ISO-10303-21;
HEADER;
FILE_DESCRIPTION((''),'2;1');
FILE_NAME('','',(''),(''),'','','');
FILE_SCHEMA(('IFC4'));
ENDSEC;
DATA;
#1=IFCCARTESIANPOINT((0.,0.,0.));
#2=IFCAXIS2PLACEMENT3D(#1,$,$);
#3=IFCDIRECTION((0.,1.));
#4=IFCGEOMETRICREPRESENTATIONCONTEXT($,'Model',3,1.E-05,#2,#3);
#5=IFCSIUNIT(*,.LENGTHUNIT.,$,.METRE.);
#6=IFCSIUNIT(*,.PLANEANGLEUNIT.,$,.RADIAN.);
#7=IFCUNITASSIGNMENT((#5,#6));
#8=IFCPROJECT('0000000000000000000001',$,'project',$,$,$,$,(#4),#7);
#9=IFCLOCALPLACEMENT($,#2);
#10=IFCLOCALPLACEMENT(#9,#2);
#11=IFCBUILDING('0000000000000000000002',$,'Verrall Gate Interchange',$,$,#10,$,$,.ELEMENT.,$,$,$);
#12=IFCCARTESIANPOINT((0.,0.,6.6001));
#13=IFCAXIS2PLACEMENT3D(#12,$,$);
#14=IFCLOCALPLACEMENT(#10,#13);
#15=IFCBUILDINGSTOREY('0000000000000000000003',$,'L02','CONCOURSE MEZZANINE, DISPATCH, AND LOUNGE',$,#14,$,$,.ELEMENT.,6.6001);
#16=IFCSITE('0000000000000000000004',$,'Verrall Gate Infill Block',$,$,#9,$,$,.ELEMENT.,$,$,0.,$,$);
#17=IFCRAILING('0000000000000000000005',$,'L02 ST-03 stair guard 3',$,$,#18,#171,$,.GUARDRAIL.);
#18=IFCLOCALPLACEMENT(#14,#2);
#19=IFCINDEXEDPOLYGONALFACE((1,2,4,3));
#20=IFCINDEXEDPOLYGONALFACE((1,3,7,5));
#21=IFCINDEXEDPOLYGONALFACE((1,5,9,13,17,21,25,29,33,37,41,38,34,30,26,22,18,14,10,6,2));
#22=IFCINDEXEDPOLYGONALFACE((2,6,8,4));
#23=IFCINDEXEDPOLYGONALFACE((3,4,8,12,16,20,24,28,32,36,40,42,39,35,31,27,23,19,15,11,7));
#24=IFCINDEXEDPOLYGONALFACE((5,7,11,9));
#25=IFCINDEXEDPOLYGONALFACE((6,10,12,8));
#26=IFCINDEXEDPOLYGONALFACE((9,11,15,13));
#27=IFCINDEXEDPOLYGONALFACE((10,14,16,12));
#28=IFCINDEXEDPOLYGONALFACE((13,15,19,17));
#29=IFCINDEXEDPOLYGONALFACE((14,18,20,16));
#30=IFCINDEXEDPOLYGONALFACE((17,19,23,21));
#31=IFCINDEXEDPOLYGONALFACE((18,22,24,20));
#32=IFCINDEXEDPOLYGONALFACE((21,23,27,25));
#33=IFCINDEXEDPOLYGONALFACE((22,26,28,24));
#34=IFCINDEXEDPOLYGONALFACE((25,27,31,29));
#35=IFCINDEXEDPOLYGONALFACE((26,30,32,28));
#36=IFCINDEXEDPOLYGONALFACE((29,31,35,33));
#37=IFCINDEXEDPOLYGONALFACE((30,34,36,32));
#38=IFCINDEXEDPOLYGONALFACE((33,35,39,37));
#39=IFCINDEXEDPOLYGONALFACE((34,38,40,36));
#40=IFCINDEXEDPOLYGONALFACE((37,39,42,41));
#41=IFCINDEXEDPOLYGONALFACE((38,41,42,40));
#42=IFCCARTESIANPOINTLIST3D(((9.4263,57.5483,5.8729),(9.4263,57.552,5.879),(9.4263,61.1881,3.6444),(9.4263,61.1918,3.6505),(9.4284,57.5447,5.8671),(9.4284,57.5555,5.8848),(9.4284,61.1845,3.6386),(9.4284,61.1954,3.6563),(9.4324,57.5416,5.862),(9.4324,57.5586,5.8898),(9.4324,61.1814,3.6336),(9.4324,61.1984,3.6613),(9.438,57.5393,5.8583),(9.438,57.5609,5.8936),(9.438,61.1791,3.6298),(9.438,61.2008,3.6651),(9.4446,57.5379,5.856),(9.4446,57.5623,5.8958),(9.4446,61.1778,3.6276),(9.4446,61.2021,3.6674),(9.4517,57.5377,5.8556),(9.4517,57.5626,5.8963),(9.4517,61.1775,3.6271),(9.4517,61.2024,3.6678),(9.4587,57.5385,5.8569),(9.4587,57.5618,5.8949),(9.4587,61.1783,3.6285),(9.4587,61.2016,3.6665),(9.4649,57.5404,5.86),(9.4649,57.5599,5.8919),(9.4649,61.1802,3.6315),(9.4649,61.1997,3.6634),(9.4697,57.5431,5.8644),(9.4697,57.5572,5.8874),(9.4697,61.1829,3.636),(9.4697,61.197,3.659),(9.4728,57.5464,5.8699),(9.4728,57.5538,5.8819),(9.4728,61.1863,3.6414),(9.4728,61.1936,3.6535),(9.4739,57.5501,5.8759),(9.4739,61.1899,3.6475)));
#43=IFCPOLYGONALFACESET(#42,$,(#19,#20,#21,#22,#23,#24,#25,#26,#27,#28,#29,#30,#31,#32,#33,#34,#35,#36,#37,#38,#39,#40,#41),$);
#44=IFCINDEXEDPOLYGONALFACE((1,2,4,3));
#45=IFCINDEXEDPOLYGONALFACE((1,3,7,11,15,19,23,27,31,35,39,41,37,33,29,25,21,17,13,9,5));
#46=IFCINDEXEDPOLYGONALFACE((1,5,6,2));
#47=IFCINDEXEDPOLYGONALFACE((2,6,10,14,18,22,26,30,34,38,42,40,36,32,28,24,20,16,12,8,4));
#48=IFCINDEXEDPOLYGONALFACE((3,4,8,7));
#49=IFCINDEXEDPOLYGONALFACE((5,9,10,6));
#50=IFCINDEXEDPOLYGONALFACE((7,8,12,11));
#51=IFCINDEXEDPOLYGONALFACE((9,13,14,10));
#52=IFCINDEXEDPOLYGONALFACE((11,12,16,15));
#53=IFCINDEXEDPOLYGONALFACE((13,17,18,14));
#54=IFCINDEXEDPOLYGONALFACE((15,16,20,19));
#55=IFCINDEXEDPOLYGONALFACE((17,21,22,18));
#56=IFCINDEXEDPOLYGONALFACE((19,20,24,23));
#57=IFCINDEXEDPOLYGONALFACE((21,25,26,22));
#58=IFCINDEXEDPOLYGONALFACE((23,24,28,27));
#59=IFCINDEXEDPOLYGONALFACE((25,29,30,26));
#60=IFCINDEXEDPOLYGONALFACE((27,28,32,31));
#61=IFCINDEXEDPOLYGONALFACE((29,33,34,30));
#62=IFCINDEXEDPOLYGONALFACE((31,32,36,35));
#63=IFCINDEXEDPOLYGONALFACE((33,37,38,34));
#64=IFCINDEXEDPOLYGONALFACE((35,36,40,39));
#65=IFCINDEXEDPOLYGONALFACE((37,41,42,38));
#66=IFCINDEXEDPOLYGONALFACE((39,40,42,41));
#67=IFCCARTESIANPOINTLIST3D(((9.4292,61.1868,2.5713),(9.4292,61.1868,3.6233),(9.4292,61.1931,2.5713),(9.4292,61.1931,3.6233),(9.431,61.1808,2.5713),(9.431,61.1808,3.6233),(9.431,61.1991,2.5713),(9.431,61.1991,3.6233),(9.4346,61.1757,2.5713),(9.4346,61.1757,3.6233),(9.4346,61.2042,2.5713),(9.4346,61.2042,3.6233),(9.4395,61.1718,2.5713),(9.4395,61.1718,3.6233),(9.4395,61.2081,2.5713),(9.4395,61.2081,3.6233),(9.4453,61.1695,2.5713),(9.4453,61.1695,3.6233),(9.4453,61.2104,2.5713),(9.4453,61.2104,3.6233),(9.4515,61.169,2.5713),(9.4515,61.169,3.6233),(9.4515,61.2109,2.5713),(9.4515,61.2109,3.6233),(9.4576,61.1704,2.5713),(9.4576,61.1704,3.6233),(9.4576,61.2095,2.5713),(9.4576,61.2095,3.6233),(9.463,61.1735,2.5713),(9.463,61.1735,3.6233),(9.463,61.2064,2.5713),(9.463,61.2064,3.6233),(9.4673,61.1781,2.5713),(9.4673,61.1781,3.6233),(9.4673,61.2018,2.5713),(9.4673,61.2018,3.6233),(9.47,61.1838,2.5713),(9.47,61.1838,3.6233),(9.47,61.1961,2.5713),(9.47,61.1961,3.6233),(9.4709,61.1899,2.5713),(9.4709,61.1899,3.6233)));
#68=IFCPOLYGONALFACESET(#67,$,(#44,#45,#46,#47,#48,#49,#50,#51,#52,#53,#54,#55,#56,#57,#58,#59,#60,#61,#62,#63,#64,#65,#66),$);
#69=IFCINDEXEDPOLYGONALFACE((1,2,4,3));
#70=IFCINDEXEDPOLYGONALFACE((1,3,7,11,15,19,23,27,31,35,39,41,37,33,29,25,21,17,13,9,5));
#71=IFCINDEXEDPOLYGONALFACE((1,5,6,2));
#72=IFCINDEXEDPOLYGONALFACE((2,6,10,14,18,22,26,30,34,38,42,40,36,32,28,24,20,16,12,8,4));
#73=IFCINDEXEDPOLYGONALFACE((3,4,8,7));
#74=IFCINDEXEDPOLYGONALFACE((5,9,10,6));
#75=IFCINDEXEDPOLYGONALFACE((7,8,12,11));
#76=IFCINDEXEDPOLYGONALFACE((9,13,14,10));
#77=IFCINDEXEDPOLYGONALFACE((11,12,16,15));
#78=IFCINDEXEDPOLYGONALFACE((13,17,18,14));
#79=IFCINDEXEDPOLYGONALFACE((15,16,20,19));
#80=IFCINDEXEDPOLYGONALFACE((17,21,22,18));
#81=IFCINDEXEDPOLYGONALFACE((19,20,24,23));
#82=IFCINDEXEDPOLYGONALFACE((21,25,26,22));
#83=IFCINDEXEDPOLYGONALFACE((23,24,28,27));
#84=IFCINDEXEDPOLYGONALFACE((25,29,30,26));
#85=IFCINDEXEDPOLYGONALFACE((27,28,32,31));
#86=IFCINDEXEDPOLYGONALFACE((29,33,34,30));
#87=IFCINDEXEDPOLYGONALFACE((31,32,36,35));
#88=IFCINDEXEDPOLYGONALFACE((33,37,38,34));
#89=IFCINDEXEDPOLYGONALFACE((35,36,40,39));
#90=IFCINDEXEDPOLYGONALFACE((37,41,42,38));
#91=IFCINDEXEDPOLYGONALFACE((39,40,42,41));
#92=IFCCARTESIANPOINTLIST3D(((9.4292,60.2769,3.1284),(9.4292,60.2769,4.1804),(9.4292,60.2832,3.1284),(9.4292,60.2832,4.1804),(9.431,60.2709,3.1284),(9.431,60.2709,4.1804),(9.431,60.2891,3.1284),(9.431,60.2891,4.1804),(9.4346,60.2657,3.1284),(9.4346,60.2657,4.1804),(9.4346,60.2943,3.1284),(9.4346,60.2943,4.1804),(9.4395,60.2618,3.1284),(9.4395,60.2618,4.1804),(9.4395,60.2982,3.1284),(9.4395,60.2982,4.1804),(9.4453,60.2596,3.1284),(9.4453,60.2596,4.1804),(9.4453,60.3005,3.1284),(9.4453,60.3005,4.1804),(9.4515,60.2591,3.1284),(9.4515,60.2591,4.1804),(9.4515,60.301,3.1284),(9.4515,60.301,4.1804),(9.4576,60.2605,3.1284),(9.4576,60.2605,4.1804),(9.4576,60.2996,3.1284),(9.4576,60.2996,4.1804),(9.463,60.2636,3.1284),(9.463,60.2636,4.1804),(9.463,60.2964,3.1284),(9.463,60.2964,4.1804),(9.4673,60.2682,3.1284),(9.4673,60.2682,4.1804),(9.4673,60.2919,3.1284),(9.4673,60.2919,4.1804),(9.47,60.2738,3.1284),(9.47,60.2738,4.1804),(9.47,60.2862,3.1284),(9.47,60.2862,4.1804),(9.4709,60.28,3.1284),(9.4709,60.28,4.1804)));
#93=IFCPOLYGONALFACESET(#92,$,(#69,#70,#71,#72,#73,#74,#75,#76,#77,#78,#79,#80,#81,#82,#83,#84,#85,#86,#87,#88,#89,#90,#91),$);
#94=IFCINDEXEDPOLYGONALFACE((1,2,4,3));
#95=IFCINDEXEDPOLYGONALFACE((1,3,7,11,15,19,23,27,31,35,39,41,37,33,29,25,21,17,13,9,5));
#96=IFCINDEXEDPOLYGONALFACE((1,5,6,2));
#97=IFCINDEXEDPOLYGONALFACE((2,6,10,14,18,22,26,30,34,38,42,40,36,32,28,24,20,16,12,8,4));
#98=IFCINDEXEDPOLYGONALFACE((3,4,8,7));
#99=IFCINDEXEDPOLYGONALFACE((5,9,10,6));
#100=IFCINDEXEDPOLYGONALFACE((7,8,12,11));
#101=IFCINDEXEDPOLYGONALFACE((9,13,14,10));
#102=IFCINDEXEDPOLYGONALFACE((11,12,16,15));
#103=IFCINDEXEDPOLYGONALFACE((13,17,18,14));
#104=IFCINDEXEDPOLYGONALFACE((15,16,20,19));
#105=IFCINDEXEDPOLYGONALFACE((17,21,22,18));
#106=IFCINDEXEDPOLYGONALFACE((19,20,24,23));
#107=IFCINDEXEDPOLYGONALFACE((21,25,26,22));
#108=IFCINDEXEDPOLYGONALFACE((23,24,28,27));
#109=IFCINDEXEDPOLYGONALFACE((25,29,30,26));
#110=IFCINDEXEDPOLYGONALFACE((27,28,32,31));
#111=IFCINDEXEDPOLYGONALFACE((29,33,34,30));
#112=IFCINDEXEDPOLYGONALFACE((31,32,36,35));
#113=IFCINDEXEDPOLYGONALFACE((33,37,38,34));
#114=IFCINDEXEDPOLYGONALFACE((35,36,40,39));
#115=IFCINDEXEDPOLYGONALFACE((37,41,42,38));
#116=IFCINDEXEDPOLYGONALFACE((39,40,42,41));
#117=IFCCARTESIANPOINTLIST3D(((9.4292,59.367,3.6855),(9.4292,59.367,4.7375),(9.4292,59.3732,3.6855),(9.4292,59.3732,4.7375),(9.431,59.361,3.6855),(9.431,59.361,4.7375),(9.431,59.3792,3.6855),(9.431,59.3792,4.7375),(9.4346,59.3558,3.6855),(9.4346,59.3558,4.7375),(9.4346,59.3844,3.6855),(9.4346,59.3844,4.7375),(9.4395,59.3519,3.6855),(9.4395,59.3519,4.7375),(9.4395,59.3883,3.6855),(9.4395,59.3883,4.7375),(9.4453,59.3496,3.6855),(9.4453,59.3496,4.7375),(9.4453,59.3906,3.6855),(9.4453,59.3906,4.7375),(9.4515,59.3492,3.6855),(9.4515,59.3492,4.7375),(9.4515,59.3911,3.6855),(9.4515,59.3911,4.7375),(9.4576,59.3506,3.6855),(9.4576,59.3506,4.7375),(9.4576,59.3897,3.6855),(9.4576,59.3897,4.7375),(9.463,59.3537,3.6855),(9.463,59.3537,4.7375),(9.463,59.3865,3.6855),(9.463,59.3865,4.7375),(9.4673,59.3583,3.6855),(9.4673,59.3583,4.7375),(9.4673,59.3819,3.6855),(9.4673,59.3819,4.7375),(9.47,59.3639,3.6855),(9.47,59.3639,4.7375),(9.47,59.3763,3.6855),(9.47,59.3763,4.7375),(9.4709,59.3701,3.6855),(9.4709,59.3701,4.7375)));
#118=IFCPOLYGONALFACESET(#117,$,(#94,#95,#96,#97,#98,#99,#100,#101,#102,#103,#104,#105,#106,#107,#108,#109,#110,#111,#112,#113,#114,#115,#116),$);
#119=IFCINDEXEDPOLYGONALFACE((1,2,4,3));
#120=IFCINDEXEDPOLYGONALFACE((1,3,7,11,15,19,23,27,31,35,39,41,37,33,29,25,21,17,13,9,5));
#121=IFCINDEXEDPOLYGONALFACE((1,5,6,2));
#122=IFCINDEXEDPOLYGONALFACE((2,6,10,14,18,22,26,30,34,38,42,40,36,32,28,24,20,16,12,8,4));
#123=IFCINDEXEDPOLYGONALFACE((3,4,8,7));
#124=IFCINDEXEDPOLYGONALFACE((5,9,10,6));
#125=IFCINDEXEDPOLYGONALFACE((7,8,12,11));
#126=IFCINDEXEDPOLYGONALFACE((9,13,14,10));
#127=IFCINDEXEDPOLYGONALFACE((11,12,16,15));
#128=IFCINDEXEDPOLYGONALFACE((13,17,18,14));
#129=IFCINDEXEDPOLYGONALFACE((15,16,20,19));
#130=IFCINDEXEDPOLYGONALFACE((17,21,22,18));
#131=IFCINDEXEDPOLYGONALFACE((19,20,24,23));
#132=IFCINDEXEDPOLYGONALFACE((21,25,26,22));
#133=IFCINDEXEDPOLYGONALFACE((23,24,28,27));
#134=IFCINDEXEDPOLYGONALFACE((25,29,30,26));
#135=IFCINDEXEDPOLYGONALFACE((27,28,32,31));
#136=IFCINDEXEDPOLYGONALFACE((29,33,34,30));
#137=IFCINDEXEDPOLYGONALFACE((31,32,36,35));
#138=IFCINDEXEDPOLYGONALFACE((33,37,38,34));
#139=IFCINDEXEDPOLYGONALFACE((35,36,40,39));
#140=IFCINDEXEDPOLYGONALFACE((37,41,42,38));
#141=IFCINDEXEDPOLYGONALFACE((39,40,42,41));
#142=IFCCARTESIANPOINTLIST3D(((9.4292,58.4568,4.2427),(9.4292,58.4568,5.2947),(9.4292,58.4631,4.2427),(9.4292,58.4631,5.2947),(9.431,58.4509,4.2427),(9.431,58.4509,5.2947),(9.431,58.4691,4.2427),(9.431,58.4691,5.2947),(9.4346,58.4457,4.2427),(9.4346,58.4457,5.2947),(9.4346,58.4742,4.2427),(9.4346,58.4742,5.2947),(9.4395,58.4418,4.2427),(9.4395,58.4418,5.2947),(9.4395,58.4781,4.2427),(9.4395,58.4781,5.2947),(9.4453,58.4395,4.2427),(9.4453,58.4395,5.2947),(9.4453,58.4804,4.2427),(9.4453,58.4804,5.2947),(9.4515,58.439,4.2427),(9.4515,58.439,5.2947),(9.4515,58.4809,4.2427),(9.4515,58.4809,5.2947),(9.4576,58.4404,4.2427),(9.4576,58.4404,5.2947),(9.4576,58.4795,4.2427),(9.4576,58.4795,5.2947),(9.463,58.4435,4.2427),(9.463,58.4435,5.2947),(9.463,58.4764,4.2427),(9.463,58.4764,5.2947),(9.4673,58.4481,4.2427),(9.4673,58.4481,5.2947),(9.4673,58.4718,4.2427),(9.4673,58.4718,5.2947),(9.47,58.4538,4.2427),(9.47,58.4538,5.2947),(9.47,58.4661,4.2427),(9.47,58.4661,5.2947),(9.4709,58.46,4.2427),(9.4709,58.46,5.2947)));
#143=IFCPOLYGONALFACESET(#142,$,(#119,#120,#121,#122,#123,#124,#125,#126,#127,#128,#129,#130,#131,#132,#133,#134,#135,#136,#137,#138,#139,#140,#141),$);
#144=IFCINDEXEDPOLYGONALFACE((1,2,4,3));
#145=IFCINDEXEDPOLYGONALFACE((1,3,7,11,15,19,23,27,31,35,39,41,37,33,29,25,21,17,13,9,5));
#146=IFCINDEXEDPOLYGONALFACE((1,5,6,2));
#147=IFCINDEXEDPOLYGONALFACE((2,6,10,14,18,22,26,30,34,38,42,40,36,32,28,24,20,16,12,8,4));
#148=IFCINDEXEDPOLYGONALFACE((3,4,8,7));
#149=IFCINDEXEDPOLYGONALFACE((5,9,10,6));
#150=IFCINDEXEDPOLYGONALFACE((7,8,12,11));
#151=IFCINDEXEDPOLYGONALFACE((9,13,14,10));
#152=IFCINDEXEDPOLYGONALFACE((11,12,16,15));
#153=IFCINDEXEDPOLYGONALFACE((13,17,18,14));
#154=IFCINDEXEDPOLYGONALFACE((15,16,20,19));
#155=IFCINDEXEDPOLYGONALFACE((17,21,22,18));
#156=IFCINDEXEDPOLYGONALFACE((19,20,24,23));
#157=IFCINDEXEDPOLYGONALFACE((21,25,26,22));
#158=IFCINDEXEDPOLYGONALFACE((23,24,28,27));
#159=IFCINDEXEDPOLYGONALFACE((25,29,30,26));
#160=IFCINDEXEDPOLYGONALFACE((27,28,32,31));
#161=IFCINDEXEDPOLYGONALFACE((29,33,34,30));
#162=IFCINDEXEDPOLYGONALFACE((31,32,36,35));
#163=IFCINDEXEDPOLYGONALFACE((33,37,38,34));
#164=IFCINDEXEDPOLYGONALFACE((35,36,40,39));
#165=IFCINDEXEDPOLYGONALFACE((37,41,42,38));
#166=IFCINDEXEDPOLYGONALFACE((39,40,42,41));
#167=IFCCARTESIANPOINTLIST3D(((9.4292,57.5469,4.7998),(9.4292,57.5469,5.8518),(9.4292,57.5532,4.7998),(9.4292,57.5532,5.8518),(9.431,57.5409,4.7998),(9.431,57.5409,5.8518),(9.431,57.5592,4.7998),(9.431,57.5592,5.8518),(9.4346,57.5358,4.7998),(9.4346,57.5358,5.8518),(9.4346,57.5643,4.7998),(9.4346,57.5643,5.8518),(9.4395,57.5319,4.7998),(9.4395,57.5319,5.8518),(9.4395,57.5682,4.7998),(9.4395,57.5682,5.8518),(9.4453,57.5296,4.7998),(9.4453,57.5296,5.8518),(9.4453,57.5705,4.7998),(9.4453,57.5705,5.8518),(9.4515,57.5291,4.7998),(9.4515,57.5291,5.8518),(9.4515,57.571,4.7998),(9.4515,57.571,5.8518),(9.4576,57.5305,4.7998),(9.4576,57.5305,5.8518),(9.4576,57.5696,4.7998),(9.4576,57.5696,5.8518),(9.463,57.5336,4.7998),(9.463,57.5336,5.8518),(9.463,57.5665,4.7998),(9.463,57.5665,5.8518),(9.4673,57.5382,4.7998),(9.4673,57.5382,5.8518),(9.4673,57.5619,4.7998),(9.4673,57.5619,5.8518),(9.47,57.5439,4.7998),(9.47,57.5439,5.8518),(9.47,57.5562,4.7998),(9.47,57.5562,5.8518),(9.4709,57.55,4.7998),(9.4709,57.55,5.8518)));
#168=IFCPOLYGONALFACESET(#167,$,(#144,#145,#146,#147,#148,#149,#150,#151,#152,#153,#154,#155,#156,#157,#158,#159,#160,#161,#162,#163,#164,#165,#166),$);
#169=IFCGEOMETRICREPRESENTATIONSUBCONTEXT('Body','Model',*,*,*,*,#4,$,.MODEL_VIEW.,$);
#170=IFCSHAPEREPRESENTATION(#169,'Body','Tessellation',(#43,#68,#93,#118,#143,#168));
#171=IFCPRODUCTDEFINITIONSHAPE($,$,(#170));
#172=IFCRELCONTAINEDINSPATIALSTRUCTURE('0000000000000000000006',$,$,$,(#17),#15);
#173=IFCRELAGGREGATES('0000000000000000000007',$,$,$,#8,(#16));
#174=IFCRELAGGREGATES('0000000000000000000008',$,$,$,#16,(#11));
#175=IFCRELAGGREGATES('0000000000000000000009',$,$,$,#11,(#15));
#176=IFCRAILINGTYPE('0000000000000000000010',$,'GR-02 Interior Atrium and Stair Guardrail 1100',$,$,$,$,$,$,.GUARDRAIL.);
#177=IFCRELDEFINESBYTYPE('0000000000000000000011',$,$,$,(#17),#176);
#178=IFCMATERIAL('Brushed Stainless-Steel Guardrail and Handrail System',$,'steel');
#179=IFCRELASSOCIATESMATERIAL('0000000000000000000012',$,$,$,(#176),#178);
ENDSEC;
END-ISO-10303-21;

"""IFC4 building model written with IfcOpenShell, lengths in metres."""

from ifc_helpers import new_model, si_unit, direction, frame, origin, origin_2d, place, context, subcontext, project, spatial, circle, extrude, material, type_object, element, save


model = new_model("IFC4")

# Units and contexts
model_context = context("Model", 3, precision=1e-05, world=origin(), true_north=direction((0.0, 1.0)))
body_context = subcontext(model_context, "Body", "Model", "MODEL_VIEW")
ifc_project = project(units=[si_unit("LENGTHUNIT", "METRE"), si_unit("PLANEANGLEUNIT", "RADIAN")], contexts=[model_context])

# Site, building, storey
site_placement = place(None, origin())
site = spatial("IfcSite", under=ifc_project, at=site_placement, Name="Verrall Gate Infill Block", CompositionType="ELEMENT", RefElevation=0.0)
building_placement = place(site_placement, origin())
building = spatial("IfcBuilding", under=site, at=building_placement, Name="Verrall Gate Interchange", CompositionType="ELEMENT")
storey_placement = place(building_placement, frame((0.0, 0.0, 6.6001)))
storey = spatial("IfcBuildingStorey", under=building, at=storey_placement, Name="L02", Description="CONCOURSE MEZZANINE, DISPATCH, AND LOUNGE", CompositionType="ELEMENT", Elevation=6.6001)

# Railing
ifc_material_1 = material(Name="Brushed Stainless-Steel Guardrail and Handrail System", Category="steel")
railing_type_1 = type_object("IfcRailingType", Name="GR-02 Interior Atrium and Stair Guardrail 1100", PredefinedType="GUARDRAIL", material=ifc_material_1)
railing_1_placement = place(storey_placement, frame((9.45, 61.1899, 2.5713)))
element("IfcRailing", 1, at=railing_1_placement, inside=storey, type_object=railing_type_1, Name="L02 ST-03 stair guard 3", PredefinedType="GUARDRAIL", context=body_context, shape_type="SweptSolid", body=[
    extrude(circle(Radius=0.0239, at=origin_2d()), frame((0.0, 0.0, 1.0762), z_axis=(0.0, -0.85285, 0.522156), x_axis=(1.0, 0.0, 0.0)), (0.0, 0.0, 1.0), 4.2678),
    extrude(circle(Radius=0.021, at=origin_2d()), origin(), (0.0, 0.0, 1.0), 1.052),
    extrude(circle(Radius=0.021, at=origin_2d()), frame((0.0, -0.9099, 0.5571)), (0.0, 0.0, 1.0), 1.052),
    extrude(circle(Radius=0.021, at=origin_2d()), frame((0.0, -1.8198, 1.1143)), (0.0, 0.0, 1.0), 1.052),
    extrude(circle(Radius=0.021, at=origin_2d()), frame((0.0, -2.73, 1.6714)), (0.0, 0.0, 1.0), 1.052),
    extrude(circle(Radius=0.021, at=origin_2d()), frame((0.0, -3.6399, 2.2285)), (0.0, 0.0, 1.0), 1.052),
])

save(model, "model.ifc")
